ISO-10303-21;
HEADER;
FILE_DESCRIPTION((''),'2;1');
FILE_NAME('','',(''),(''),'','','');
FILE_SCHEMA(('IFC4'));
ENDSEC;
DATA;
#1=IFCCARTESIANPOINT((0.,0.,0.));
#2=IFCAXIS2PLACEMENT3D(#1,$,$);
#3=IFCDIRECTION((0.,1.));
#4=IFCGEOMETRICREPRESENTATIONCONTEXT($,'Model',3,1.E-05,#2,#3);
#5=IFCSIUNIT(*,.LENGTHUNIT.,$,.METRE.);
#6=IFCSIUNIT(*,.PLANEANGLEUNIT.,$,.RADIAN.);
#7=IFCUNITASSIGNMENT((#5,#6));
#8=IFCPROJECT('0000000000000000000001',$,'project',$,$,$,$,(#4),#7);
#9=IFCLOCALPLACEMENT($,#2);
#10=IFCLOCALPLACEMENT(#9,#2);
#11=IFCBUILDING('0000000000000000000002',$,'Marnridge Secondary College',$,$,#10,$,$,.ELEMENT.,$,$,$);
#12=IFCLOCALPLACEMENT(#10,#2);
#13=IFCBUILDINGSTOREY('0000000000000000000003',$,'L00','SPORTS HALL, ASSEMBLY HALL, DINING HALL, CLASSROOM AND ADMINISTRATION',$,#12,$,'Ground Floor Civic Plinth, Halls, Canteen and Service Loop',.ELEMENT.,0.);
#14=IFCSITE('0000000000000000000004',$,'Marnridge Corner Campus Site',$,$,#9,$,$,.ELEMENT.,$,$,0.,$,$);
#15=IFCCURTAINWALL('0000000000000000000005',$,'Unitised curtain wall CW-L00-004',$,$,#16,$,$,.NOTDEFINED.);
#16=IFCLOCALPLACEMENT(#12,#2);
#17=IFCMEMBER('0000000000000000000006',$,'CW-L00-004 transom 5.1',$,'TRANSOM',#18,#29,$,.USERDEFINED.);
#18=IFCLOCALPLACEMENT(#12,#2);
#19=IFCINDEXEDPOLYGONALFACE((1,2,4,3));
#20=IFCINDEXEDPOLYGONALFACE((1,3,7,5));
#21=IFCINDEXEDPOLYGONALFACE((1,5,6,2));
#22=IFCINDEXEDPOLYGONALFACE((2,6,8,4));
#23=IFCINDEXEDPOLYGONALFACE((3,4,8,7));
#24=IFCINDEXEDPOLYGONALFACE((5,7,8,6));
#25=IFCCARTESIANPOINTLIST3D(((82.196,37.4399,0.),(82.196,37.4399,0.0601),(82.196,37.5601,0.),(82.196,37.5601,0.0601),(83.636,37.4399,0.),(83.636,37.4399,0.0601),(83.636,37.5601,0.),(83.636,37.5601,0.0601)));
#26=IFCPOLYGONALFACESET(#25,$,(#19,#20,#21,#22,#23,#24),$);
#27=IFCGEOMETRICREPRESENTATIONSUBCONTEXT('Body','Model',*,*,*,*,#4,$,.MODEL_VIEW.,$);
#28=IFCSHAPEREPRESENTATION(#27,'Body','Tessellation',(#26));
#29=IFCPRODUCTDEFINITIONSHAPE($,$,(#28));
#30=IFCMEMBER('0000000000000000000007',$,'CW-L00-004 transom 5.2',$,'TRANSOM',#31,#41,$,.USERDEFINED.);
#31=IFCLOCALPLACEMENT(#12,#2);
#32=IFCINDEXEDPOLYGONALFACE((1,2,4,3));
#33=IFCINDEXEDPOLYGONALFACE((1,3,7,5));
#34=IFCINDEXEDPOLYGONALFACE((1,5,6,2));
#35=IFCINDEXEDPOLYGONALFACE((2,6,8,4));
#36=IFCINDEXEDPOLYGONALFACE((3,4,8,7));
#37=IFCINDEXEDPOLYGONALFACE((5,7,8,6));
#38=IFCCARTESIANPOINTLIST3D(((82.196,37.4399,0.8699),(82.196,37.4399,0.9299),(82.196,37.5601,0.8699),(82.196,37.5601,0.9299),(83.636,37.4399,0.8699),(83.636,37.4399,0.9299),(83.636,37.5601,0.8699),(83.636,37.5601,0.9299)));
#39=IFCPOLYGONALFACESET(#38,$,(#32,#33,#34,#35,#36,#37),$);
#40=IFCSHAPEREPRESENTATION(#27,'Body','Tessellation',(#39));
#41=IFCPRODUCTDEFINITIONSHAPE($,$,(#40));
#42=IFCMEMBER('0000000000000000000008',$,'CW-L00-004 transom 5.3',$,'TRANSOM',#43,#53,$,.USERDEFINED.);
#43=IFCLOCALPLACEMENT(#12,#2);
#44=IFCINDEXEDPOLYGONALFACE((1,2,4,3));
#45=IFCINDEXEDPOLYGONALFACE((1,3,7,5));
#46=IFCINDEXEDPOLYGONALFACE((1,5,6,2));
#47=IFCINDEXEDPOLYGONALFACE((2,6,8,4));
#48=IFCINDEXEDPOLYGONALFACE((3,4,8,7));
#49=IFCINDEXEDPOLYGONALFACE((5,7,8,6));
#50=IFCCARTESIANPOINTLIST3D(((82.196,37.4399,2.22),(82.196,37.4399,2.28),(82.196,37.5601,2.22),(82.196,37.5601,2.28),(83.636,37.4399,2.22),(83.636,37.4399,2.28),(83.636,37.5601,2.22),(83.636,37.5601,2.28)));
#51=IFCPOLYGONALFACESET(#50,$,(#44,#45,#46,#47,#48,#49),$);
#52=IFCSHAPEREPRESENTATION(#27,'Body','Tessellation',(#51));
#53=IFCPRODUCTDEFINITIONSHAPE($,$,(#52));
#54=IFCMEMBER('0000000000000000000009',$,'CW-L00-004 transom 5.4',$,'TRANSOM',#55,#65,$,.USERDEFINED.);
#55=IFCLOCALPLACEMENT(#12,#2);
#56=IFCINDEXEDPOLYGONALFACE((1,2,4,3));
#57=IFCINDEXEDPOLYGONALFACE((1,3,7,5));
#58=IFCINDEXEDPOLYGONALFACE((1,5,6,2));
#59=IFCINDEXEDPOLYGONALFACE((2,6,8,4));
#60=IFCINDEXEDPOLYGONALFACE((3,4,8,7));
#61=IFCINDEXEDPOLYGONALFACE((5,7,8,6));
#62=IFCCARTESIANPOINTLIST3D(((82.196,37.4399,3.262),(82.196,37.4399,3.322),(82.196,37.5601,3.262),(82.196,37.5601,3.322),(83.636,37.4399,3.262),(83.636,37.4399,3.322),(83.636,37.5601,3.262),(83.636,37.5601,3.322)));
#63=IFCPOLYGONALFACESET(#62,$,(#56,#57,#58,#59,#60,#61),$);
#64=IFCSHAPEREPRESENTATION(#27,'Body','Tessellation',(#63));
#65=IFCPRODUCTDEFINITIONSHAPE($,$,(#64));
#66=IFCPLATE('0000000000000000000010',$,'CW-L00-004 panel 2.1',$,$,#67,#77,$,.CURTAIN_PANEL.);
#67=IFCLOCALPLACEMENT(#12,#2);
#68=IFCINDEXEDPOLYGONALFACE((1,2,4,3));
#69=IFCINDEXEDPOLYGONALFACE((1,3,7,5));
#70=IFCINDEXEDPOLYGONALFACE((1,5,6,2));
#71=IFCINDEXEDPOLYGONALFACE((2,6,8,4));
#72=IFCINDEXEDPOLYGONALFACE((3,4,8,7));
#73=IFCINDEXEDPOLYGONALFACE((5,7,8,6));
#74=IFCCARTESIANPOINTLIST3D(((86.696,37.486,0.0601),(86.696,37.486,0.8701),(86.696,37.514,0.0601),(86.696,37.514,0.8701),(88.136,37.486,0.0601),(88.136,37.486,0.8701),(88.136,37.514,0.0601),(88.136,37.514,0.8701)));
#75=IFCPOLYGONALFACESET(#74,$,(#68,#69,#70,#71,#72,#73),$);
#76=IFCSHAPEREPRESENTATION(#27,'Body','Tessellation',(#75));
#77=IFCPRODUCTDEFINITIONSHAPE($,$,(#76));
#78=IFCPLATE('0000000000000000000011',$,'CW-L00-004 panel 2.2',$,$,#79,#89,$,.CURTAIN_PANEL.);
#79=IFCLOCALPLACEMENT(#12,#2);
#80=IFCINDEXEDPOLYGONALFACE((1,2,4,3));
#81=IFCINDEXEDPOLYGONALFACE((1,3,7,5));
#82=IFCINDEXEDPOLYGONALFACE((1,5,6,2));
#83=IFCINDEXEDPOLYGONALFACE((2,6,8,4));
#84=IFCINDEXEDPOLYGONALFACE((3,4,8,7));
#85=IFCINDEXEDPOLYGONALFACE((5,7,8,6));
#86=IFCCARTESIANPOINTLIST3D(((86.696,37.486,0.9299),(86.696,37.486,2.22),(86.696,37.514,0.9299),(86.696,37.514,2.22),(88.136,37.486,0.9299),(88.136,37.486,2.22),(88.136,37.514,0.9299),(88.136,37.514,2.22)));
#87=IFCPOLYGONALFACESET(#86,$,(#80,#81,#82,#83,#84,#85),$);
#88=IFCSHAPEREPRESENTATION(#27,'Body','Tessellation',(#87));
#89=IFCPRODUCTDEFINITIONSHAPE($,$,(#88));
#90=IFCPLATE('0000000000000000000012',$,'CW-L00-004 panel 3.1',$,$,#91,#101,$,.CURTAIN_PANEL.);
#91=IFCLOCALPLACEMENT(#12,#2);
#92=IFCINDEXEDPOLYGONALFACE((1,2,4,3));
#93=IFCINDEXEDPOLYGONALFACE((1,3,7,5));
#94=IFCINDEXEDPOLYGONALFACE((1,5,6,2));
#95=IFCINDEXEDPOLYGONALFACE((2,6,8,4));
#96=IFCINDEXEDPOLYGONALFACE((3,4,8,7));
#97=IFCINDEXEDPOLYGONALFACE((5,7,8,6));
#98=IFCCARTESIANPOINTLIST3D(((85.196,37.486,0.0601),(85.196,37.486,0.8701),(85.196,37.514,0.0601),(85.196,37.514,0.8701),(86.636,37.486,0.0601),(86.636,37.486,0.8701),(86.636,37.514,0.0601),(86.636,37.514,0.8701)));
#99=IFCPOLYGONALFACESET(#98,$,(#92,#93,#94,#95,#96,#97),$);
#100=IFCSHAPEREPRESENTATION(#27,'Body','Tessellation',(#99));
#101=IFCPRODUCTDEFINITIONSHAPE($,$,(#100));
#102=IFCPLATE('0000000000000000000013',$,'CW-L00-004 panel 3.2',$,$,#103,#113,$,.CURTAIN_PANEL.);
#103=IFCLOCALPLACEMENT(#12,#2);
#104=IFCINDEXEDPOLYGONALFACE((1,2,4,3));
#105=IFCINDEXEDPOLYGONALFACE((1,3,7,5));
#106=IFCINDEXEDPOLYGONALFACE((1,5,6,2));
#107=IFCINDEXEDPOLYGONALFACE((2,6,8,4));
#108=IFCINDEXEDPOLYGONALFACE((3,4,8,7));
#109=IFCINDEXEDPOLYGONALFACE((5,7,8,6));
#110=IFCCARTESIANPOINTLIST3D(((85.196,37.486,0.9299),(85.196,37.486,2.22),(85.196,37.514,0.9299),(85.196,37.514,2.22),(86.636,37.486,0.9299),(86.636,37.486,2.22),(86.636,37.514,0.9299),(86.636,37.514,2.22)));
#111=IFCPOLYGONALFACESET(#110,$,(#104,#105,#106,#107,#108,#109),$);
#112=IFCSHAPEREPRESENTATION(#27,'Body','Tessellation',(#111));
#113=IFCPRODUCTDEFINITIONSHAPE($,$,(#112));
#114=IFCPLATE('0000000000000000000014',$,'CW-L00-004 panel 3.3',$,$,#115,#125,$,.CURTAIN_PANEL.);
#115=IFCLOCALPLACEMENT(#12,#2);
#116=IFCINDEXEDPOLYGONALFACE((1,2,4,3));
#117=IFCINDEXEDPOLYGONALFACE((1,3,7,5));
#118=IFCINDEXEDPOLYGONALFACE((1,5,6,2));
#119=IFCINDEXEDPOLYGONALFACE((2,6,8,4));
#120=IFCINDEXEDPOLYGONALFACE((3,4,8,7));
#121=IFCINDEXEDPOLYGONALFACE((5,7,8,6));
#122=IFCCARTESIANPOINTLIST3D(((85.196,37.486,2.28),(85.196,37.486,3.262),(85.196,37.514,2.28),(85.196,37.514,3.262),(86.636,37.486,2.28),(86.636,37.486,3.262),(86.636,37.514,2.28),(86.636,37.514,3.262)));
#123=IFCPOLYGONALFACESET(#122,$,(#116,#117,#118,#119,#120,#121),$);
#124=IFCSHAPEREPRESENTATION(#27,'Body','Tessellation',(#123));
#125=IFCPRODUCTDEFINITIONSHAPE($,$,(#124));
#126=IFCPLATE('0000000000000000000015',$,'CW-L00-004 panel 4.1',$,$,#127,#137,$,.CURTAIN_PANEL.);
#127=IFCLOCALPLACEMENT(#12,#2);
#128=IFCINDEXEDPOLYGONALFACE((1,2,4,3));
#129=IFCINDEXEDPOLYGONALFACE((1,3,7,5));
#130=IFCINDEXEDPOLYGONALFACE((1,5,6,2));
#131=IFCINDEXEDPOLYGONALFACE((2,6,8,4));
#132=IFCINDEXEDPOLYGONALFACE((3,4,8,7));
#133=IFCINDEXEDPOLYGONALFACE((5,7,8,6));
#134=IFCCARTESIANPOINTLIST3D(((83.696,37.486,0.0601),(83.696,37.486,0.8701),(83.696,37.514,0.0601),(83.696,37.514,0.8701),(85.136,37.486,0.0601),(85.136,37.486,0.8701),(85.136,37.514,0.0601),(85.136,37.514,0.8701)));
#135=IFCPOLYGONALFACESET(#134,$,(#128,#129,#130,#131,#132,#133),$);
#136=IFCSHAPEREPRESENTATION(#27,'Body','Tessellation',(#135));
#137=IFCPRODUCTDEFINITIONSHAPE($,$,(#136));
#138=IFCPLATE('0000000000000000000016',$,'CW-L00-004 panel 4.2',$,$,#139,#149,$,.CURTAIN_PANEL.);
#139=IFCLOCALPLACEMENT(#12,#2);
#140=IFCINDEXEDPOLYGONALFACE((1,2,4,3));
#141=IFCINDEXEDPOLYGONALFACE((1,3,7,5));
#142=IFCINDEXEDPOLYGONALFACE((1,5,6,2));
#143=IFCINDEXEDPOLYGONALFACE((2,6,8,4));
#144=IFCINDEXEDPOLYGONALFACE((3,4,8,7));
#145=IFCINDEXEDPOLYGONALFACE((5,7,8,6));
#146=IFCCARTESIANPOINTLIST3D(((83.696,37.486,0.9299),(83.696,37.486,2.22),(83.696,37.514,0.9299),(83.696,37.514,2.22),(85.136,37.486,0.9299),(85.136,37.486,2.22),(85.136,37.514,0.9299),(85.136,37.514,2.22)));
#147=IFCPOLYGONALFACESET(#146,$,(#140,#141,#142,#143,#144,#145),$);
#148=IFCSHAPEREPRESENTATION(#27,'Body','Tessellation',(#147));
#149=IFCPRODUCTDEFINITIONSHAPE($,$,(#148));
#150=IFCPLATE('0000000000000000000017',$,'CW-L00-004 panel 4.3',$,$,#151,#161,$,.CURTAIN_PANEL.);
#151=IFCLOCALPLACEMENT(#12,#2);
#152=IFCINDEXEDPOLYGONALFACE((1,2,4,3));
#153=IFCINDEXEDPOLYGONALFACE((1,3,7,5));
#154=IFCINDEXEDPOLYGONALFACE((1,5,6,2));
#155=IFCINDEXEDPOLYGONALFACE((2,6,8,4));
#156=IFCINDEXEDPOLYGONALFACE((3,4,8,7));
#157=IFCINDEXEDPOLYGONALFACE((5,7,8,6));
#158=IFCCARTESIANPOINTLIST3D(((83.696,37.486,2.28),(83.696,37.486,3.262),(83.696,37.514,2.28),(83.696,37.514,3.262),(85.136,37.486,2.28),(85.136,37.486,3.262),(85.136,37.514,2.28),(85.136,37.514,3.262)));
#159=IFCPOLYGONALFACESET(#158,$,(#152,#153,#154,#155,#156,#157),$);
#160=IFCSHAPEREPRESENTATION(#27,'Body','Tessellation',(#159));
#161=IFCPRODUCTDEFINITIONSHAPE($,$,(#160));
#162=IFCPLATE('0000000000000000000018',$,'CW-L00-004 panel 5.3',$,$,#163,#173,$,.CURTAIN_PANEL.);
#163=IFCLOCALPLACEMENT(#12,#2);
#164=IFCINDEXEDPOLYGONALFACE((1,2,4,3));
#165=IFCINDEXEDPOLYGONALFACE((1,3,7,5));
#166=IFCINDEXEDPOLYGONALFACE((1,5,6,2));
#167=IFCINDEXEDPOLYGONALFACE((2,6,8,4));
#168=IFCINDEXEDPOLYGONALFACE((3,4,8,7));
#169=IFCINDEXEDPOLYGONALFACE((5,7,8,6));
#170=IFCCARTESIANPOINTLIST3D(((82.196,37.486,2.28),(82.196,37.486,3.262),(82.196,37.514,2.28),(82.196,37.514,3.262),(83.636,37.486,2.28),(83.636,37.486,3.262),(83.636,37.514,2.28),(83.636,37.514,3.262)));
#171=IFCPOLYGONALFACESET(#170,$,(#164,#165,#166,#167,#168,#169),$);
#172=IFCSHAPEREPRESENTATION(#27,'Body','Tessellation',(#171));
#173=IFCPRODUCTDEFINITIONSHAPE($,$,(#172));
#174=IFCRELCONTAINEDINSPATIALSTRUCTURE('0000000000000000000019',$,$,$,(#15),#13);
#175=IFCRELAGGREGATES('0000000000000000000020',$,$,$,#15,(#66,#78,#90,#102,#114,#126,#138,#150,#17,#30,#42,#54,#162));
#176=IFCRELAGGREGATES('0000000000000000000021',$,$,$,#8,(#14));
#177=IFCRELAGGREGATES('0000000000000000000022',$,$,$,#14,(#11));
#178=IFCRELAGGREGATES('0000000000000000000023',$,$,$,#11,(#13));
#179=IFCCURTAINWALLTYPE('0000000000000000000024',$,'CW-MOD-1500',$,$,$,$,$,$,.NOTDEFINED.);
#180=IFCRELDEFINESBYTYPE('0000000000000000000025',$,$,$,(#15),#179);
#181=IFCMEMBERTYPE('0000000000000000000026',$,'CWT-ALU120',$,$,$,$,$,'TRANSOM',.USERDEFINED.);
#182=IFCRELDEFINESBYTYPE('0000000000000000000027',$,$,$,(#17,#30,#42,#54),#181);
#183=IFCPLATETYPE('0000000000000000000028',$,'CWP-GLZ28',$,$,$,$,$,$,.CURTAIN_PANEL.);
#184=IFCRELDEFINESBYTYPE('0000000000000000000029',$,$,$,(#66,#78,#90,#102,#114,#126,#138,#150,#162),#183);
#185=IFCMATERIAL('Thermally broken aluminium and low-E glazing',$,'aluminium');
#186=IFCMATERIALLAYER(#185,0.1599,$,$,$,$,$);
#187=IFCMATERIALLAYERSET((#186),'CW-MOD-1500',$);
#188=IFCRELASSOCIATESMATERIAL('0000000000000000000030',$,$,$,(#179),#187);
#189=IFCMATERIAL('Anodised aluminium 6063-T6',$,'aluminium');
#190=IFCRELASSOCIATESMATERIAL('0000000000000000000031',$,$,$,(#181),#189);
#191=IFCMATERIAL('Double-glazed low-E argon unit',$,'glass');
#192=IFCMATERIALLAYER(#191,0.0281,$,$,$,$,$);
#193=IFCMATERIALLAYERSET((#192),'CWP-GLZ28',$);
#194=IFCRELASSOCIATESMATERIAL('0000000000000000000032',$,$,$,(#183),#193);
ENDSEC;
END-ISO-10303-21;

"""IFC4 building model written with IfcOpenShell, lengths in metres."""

from ifc_helpers import new_model, si_unit, direction, frame, origin, origin_2d, place, context, subcontext, project, spatial, rectangle, extrude, material, layer, layer_set, material_profile, profile_set, type_object, element, aggregate, save


model = new_model("IFC4")

# Units and contexts
model_context = context("Model", 3, precision=1e-05, world=origin(), true_north=direction((0.0, 1.0)))
body_context = subcontext(model_context, "Body", "Model", "MODEL_VIEW")
ifc_project = project(units=[si_unit("LENGTHUNIT", "METRE"), si_unit("PLANEANGLEUNIT", "RADIAN")], contexts=[model_context])

# Site, building, storey
site_placement = place(None, origin())
site = spatial("IfcSite", under=ifc_project, at=site_placement, Name="Marnridge Corner Campus Site", CompositionType="ELEMENT", RefElevation=0.0)
building_placement = place(site_placement, origin())
building = spatial("IfcBuilding", under=site, at=building_placement, Name="Marnridge Secondary College", CompositionType="ELEMENT")
storey_placement = place(building_placement, origin())
storey = spatial("IfcBuildingStorey", under=building, at=storey_placement, Name="L00", Description="SPORTS HALL, ASSEMBLY HALL, DINING HALL, CLASSROOM AND ADMINISTRATION", LongName="Ground Floor Civic Plinth, Halls, Canteen and Service Loop", CompositionType="ELEMENT", Elevation=0.0)

# Curtain wall, members, plates
ifc_material_1 = material(Name="Thermally broken aluminium and low-E glazing", Category="aluminium")
ifc_layer_1 = layer(ifc_material_1, 0.1599)
ifc_layer_set_1 = layer_set([ifc_layer_1], Name="CW-MOD-1500")
curtain_wall_type = type_object("IfcCurtainWallType", Name="CW-MOD-1500", PredefinedType="NOTDEFINED", material=ifc_layer_set_1)
curtain_wall_placement = place(storey_placement, origin())
curtain_wall = element("IfcCurtainWall", 1, at=curtain_wall_placement, inside=storey, type_object=curtain_wall_type, Name="Unitised curtain wall CW-L00-004", PredefinedType="NOTDEFINED")
ifc_material_2 = material(Name="Anodised aluminium 6063-T6", Category="aluminium")
ifc_material_profile_1 = material_profile(ifc_material_2, rectangle(XDim=0.0601, YDim=0.1201, at=origin_2d()), Name="ALU 60x120")
ifc_profile_set_1 = profile_set([ifc_material_profile_1], Name="Anodised aluminium 6063-T6")
member_type_1 = type_object("IfcMemberType", Name="CWT-ALU120", ElementType="TRANSOM", PredefinedType="USERDEFINED", material=ifc_profile_set_1)
member_1_placement = place(storey_placement, frame((83.636, 37.5, 0.03), z_axis=(-1.0, 0.0, 0.0), x_axis=(0.0, 0.0, 1.0)))
member_1 = element("IfcMember", 2, at=member_1_placement, type_object=member_type_1, Name="CW-L00-004 transom 5.1", ObjectType="TRANSOM", PredefinedType="USERDEFINED", context=body_context, shape_type="SweptSolid", body=[
    extrude(rectangle(XDim=0.0601, YDim=0.1201, at=origin_2d()), origin(), (0.0, 0.0, 1.0), 1.4399),
])
member_2_placement = place(storey_placement, frame((83.636, 37.5, 0.8999), z_axis=(-1.0, 0.0, 0.0), x_axis=(0.0, 0.0, 1.0)))
member_2 = element("IfcMember", 3, at=member_2_placement, type_object=member_type_1, Name="CW-L00-004 transom 5.2", ObjectType="TRANSOM", PredefinedType="USERDEFINED", context=body_context, shape_type="SweptSolid", body=[
    extrude(rectangle(XDim=0.0601, YDim=0.1201, at=origin_2d()), origin(), (0.0, 0.0, 1.0), 1.4399),
])
member_3_placement = place(storey_placement, frame((83.636, 37.5, 2.25), z_axis=(-1.0, 0.0, 0.0), x_axis=(0.0, 0.0, 1.0)))
member_3 = element("IfcMember", 4, at=member_3_placement, type_object=member_type_1, Name="CW-L00-004 transom 5.3", ObjectType="TRANSOM", PredefinedType="USERDEFINED", context=body_context, shape_type="SweptSolid", body=[
    extrude(rectangle(XDim=0.0601, YDim=0.1201, at=origin_2d()), origin(), (0.0, 0.0, 1.0), 1.4399),
])
member_4_placement = place(storey_placement, frame((83.636, 37.5, 3.292), z_axis=(-1.0, 0.0, 0.0), x_axis=(0.0, 0.0, 1.0)))
member_4 = element("IfcMember", 5, at=member_4_placement, type_object=member_type_1, Name="CW-L00-004 transom 5.4", ObjectType="TRANSOM", PredefinedType="USERDEFINED", context=body_context, shape_type="SweptSolid", body=[
    extrude(rectangle(XDim=0.0601, YDim=0.1201, at=origin_2d()), origin(), (0.0, 0.0, 1.0), 1.4399),
])
ifc_material_3 = material(Name="Double-glazed low-E argon unit", Category="glass")
ifc_layer_2 = layer(ifc_material_3, 0.0281)
ifc_layer_set_2 = layer_set([ifc_layer_2], Name="CWP-GLZ28")
plate_type = type_object("IfcPlateType", Name="CWP-GLZ28", PredefinedType="CURTAIN_PANEL", material=ifc_layer_set_2)
plate_1_placement = place(storey_placement, frame((87.416, 37.5, 0.0601), z_axis=(0.0, 0.0, 1.0), x_axis=(-1.0, 0.0, 0.0)))
plate_1 = element("IfcPlate", 6, at=plate_1_placement, type_object=plate_type, Name="CW-L00-004 panel 2.1", PredefinedType="CURTAIN_PANEL", context=body_context, shape_type="SweptSolid", body=[
    extrude(rectangle(XDim=1.4399, YDim=0.0281, at=origin_2d()), origin(), (0.0, 0.0, 1.0), 0.8101),
])
plate_2_placement = place(storey_placement, frame((87.416, 37.5, 0.9299), z_axis=(0.0, 0.0, 1.0), x_axis=(-1.0, 0.0, 0.0)))
plate_2 = element("IfcPlate", 7, at=plate_2_placement, type_object=plate_type, Name="CW-L00-004 panel 2.2", PredefinedType="CURTAIN_PANEL", context=body_context, shape_type="SweptSolid", body=[
    extrude(rectangle(XDim=1.4399, YDim=0.0281, at=origin_2d()), origin(), (0.0, 0.0, 1.0), 1.29),
])
plate_3_placement = place(storey_placement, frame((85.916, 37.5, 0.0601), z_axis=(0.0, 0.0, 1.0), x_axis=(-1.0, 0.0, 0.0)))
plate_3 = element("IfcPlate", 8, at=plate_3_placement, type_object=plate_type, Name="CW-L00-004 panel 3.1", PredefinedType="CURTAIN_PANEL", context=body_context, shape_type="SweptSolid", body=[
    extrude(rectangle(XDim=1.4399, YDim=0.0281, at=origin_2d()), origin(), (0.0, 0.0, 1.0), 0.8101),
])
plate_4_placement = place(storey_placement, frame((85.916, 37.5, 0.9299), z_axis=(0.0, 0.0, 1.0), x_axis=(-1.0, 0.0, 0.0)))
plate_4 = element("IfcPlate", 9, at=plate_4_placement, type_object=plate_type, Name="CW-L00-004 panel 3.2", PredefinedType="CURTAIN_PANEL", context=body_context, shape_type="SweptSolid", body=[
    extrude(rectangle(XDim=1.4399, YDim=0.0281, at=origin_2d()), origin(), (0.0, 0.0, 1.0), 1.29),
])
plate_5_placement = place(storey_placement, frame((85.916, 37.5, 2.28), z_axis=(0.0, 0.0, 1.0), x_axis=(-1.0, 0.0, 0.0)))
plate_5 = element("IfcPlate", 10, at=plate_5_placement, type_object=plate_type, Name="CW-L00-004 panel 3.3", PredefinedType="CURTAIN_PANEL", context=body_context, shape_type="SweptSolid", body=[
    extrude(rectangle(XDim=1.4399, YDim=0.0281, at=origin_2d()), origin(), (0.0, 0.0, 1.0), 0.9819),
])
plate_6_placement = place(storey_placement, frame((84.416, 37.5, 0.0601), z_axis=(0.0, 0.0, 1.0), x_axis=(-1.0, 0.0, 0.0)))
plate_6 = element("IfcPlate", 11, at=plate_6_placement, type_object=plate_type, Name="CW-L00-004 panel 4.1", PredefinedType="CURTAIN_PANEL", context=body_context, shape_type="SweptSolid", body=[
    extrude(rectangle(XDim=1.4399, YDim=0.0281, at=origin_2d()), origin(), (0.0, 0.0, 1.0), 0.8101),
])
plate_7_placement = place(storey_placement, frame((84.416, 37.5, 0.9299), z_axis=(0.0, 0.0, 1.0), x_axis=(-1.0, 0.0, 0.0)))
plate_7 = element("IfcPlate", 12, at=plate_7_placement, type_object=plate_type, Name="CW-L00-004 panel 4.2", PredefinedType="CURTAIN_PANEL", context=body_context, shape_type="SweptSolid", body=[
    extrude(rectangle(XDim=1.4399, YDim=0.0281, at=origin_2d()), origin(), (0.0, 0.0, 1.0), 1.29),
])
plate_8_placement = place(storey_placement, frame((84.416, 37.5, 2.28), z_axis=(0.0, 0.0, 1.0), x_axis=(-1.0, 0.0, 0.0)))
plate_8 = element("IfcPlate", 13, at=plate_8_placement, type_object=plate_type, Name="CW-L00-004 panel 4.3", PredefinedType="CURTAIN_PANEL", context=body_context, shape_type="SweptSolid", body=[
    extrude(rectangle(XDim=1.4399, YDim=0.0281, at=origin_2d()), origin(), (0.0, 0.0, 1.0), 0.9819),
])
plate_9_placement = place(storey_placement, frame((82.916, 37.5, 2.28), z_axis=(0.0, 0.0, 1.0), x_axis=(-1.0, 0.0, 0.0)))
plate_9 = element("IfcPlate", 14, at=plate_9_placement, type_object=plate_type, Name="CW-L00-004 panel 5.3", PredefinedType="CURTAIN_PANEL", context=body_context, shape_type="SweptSolid", body=[
    extrude(rectangle(XDim=1.4399, YDim=0.0281, at=origin_2d()), origin(), (0.0, 0.0, 1.0), 0.9819),
])
aggregate(curtain_wall, [plate_1, plate_2, plate_3, plate_4, plate_5, plate_6, plate_7, plate_8, member_1, member_2, member_3, member_4, plate_9])

save(model, "model.ifc")
